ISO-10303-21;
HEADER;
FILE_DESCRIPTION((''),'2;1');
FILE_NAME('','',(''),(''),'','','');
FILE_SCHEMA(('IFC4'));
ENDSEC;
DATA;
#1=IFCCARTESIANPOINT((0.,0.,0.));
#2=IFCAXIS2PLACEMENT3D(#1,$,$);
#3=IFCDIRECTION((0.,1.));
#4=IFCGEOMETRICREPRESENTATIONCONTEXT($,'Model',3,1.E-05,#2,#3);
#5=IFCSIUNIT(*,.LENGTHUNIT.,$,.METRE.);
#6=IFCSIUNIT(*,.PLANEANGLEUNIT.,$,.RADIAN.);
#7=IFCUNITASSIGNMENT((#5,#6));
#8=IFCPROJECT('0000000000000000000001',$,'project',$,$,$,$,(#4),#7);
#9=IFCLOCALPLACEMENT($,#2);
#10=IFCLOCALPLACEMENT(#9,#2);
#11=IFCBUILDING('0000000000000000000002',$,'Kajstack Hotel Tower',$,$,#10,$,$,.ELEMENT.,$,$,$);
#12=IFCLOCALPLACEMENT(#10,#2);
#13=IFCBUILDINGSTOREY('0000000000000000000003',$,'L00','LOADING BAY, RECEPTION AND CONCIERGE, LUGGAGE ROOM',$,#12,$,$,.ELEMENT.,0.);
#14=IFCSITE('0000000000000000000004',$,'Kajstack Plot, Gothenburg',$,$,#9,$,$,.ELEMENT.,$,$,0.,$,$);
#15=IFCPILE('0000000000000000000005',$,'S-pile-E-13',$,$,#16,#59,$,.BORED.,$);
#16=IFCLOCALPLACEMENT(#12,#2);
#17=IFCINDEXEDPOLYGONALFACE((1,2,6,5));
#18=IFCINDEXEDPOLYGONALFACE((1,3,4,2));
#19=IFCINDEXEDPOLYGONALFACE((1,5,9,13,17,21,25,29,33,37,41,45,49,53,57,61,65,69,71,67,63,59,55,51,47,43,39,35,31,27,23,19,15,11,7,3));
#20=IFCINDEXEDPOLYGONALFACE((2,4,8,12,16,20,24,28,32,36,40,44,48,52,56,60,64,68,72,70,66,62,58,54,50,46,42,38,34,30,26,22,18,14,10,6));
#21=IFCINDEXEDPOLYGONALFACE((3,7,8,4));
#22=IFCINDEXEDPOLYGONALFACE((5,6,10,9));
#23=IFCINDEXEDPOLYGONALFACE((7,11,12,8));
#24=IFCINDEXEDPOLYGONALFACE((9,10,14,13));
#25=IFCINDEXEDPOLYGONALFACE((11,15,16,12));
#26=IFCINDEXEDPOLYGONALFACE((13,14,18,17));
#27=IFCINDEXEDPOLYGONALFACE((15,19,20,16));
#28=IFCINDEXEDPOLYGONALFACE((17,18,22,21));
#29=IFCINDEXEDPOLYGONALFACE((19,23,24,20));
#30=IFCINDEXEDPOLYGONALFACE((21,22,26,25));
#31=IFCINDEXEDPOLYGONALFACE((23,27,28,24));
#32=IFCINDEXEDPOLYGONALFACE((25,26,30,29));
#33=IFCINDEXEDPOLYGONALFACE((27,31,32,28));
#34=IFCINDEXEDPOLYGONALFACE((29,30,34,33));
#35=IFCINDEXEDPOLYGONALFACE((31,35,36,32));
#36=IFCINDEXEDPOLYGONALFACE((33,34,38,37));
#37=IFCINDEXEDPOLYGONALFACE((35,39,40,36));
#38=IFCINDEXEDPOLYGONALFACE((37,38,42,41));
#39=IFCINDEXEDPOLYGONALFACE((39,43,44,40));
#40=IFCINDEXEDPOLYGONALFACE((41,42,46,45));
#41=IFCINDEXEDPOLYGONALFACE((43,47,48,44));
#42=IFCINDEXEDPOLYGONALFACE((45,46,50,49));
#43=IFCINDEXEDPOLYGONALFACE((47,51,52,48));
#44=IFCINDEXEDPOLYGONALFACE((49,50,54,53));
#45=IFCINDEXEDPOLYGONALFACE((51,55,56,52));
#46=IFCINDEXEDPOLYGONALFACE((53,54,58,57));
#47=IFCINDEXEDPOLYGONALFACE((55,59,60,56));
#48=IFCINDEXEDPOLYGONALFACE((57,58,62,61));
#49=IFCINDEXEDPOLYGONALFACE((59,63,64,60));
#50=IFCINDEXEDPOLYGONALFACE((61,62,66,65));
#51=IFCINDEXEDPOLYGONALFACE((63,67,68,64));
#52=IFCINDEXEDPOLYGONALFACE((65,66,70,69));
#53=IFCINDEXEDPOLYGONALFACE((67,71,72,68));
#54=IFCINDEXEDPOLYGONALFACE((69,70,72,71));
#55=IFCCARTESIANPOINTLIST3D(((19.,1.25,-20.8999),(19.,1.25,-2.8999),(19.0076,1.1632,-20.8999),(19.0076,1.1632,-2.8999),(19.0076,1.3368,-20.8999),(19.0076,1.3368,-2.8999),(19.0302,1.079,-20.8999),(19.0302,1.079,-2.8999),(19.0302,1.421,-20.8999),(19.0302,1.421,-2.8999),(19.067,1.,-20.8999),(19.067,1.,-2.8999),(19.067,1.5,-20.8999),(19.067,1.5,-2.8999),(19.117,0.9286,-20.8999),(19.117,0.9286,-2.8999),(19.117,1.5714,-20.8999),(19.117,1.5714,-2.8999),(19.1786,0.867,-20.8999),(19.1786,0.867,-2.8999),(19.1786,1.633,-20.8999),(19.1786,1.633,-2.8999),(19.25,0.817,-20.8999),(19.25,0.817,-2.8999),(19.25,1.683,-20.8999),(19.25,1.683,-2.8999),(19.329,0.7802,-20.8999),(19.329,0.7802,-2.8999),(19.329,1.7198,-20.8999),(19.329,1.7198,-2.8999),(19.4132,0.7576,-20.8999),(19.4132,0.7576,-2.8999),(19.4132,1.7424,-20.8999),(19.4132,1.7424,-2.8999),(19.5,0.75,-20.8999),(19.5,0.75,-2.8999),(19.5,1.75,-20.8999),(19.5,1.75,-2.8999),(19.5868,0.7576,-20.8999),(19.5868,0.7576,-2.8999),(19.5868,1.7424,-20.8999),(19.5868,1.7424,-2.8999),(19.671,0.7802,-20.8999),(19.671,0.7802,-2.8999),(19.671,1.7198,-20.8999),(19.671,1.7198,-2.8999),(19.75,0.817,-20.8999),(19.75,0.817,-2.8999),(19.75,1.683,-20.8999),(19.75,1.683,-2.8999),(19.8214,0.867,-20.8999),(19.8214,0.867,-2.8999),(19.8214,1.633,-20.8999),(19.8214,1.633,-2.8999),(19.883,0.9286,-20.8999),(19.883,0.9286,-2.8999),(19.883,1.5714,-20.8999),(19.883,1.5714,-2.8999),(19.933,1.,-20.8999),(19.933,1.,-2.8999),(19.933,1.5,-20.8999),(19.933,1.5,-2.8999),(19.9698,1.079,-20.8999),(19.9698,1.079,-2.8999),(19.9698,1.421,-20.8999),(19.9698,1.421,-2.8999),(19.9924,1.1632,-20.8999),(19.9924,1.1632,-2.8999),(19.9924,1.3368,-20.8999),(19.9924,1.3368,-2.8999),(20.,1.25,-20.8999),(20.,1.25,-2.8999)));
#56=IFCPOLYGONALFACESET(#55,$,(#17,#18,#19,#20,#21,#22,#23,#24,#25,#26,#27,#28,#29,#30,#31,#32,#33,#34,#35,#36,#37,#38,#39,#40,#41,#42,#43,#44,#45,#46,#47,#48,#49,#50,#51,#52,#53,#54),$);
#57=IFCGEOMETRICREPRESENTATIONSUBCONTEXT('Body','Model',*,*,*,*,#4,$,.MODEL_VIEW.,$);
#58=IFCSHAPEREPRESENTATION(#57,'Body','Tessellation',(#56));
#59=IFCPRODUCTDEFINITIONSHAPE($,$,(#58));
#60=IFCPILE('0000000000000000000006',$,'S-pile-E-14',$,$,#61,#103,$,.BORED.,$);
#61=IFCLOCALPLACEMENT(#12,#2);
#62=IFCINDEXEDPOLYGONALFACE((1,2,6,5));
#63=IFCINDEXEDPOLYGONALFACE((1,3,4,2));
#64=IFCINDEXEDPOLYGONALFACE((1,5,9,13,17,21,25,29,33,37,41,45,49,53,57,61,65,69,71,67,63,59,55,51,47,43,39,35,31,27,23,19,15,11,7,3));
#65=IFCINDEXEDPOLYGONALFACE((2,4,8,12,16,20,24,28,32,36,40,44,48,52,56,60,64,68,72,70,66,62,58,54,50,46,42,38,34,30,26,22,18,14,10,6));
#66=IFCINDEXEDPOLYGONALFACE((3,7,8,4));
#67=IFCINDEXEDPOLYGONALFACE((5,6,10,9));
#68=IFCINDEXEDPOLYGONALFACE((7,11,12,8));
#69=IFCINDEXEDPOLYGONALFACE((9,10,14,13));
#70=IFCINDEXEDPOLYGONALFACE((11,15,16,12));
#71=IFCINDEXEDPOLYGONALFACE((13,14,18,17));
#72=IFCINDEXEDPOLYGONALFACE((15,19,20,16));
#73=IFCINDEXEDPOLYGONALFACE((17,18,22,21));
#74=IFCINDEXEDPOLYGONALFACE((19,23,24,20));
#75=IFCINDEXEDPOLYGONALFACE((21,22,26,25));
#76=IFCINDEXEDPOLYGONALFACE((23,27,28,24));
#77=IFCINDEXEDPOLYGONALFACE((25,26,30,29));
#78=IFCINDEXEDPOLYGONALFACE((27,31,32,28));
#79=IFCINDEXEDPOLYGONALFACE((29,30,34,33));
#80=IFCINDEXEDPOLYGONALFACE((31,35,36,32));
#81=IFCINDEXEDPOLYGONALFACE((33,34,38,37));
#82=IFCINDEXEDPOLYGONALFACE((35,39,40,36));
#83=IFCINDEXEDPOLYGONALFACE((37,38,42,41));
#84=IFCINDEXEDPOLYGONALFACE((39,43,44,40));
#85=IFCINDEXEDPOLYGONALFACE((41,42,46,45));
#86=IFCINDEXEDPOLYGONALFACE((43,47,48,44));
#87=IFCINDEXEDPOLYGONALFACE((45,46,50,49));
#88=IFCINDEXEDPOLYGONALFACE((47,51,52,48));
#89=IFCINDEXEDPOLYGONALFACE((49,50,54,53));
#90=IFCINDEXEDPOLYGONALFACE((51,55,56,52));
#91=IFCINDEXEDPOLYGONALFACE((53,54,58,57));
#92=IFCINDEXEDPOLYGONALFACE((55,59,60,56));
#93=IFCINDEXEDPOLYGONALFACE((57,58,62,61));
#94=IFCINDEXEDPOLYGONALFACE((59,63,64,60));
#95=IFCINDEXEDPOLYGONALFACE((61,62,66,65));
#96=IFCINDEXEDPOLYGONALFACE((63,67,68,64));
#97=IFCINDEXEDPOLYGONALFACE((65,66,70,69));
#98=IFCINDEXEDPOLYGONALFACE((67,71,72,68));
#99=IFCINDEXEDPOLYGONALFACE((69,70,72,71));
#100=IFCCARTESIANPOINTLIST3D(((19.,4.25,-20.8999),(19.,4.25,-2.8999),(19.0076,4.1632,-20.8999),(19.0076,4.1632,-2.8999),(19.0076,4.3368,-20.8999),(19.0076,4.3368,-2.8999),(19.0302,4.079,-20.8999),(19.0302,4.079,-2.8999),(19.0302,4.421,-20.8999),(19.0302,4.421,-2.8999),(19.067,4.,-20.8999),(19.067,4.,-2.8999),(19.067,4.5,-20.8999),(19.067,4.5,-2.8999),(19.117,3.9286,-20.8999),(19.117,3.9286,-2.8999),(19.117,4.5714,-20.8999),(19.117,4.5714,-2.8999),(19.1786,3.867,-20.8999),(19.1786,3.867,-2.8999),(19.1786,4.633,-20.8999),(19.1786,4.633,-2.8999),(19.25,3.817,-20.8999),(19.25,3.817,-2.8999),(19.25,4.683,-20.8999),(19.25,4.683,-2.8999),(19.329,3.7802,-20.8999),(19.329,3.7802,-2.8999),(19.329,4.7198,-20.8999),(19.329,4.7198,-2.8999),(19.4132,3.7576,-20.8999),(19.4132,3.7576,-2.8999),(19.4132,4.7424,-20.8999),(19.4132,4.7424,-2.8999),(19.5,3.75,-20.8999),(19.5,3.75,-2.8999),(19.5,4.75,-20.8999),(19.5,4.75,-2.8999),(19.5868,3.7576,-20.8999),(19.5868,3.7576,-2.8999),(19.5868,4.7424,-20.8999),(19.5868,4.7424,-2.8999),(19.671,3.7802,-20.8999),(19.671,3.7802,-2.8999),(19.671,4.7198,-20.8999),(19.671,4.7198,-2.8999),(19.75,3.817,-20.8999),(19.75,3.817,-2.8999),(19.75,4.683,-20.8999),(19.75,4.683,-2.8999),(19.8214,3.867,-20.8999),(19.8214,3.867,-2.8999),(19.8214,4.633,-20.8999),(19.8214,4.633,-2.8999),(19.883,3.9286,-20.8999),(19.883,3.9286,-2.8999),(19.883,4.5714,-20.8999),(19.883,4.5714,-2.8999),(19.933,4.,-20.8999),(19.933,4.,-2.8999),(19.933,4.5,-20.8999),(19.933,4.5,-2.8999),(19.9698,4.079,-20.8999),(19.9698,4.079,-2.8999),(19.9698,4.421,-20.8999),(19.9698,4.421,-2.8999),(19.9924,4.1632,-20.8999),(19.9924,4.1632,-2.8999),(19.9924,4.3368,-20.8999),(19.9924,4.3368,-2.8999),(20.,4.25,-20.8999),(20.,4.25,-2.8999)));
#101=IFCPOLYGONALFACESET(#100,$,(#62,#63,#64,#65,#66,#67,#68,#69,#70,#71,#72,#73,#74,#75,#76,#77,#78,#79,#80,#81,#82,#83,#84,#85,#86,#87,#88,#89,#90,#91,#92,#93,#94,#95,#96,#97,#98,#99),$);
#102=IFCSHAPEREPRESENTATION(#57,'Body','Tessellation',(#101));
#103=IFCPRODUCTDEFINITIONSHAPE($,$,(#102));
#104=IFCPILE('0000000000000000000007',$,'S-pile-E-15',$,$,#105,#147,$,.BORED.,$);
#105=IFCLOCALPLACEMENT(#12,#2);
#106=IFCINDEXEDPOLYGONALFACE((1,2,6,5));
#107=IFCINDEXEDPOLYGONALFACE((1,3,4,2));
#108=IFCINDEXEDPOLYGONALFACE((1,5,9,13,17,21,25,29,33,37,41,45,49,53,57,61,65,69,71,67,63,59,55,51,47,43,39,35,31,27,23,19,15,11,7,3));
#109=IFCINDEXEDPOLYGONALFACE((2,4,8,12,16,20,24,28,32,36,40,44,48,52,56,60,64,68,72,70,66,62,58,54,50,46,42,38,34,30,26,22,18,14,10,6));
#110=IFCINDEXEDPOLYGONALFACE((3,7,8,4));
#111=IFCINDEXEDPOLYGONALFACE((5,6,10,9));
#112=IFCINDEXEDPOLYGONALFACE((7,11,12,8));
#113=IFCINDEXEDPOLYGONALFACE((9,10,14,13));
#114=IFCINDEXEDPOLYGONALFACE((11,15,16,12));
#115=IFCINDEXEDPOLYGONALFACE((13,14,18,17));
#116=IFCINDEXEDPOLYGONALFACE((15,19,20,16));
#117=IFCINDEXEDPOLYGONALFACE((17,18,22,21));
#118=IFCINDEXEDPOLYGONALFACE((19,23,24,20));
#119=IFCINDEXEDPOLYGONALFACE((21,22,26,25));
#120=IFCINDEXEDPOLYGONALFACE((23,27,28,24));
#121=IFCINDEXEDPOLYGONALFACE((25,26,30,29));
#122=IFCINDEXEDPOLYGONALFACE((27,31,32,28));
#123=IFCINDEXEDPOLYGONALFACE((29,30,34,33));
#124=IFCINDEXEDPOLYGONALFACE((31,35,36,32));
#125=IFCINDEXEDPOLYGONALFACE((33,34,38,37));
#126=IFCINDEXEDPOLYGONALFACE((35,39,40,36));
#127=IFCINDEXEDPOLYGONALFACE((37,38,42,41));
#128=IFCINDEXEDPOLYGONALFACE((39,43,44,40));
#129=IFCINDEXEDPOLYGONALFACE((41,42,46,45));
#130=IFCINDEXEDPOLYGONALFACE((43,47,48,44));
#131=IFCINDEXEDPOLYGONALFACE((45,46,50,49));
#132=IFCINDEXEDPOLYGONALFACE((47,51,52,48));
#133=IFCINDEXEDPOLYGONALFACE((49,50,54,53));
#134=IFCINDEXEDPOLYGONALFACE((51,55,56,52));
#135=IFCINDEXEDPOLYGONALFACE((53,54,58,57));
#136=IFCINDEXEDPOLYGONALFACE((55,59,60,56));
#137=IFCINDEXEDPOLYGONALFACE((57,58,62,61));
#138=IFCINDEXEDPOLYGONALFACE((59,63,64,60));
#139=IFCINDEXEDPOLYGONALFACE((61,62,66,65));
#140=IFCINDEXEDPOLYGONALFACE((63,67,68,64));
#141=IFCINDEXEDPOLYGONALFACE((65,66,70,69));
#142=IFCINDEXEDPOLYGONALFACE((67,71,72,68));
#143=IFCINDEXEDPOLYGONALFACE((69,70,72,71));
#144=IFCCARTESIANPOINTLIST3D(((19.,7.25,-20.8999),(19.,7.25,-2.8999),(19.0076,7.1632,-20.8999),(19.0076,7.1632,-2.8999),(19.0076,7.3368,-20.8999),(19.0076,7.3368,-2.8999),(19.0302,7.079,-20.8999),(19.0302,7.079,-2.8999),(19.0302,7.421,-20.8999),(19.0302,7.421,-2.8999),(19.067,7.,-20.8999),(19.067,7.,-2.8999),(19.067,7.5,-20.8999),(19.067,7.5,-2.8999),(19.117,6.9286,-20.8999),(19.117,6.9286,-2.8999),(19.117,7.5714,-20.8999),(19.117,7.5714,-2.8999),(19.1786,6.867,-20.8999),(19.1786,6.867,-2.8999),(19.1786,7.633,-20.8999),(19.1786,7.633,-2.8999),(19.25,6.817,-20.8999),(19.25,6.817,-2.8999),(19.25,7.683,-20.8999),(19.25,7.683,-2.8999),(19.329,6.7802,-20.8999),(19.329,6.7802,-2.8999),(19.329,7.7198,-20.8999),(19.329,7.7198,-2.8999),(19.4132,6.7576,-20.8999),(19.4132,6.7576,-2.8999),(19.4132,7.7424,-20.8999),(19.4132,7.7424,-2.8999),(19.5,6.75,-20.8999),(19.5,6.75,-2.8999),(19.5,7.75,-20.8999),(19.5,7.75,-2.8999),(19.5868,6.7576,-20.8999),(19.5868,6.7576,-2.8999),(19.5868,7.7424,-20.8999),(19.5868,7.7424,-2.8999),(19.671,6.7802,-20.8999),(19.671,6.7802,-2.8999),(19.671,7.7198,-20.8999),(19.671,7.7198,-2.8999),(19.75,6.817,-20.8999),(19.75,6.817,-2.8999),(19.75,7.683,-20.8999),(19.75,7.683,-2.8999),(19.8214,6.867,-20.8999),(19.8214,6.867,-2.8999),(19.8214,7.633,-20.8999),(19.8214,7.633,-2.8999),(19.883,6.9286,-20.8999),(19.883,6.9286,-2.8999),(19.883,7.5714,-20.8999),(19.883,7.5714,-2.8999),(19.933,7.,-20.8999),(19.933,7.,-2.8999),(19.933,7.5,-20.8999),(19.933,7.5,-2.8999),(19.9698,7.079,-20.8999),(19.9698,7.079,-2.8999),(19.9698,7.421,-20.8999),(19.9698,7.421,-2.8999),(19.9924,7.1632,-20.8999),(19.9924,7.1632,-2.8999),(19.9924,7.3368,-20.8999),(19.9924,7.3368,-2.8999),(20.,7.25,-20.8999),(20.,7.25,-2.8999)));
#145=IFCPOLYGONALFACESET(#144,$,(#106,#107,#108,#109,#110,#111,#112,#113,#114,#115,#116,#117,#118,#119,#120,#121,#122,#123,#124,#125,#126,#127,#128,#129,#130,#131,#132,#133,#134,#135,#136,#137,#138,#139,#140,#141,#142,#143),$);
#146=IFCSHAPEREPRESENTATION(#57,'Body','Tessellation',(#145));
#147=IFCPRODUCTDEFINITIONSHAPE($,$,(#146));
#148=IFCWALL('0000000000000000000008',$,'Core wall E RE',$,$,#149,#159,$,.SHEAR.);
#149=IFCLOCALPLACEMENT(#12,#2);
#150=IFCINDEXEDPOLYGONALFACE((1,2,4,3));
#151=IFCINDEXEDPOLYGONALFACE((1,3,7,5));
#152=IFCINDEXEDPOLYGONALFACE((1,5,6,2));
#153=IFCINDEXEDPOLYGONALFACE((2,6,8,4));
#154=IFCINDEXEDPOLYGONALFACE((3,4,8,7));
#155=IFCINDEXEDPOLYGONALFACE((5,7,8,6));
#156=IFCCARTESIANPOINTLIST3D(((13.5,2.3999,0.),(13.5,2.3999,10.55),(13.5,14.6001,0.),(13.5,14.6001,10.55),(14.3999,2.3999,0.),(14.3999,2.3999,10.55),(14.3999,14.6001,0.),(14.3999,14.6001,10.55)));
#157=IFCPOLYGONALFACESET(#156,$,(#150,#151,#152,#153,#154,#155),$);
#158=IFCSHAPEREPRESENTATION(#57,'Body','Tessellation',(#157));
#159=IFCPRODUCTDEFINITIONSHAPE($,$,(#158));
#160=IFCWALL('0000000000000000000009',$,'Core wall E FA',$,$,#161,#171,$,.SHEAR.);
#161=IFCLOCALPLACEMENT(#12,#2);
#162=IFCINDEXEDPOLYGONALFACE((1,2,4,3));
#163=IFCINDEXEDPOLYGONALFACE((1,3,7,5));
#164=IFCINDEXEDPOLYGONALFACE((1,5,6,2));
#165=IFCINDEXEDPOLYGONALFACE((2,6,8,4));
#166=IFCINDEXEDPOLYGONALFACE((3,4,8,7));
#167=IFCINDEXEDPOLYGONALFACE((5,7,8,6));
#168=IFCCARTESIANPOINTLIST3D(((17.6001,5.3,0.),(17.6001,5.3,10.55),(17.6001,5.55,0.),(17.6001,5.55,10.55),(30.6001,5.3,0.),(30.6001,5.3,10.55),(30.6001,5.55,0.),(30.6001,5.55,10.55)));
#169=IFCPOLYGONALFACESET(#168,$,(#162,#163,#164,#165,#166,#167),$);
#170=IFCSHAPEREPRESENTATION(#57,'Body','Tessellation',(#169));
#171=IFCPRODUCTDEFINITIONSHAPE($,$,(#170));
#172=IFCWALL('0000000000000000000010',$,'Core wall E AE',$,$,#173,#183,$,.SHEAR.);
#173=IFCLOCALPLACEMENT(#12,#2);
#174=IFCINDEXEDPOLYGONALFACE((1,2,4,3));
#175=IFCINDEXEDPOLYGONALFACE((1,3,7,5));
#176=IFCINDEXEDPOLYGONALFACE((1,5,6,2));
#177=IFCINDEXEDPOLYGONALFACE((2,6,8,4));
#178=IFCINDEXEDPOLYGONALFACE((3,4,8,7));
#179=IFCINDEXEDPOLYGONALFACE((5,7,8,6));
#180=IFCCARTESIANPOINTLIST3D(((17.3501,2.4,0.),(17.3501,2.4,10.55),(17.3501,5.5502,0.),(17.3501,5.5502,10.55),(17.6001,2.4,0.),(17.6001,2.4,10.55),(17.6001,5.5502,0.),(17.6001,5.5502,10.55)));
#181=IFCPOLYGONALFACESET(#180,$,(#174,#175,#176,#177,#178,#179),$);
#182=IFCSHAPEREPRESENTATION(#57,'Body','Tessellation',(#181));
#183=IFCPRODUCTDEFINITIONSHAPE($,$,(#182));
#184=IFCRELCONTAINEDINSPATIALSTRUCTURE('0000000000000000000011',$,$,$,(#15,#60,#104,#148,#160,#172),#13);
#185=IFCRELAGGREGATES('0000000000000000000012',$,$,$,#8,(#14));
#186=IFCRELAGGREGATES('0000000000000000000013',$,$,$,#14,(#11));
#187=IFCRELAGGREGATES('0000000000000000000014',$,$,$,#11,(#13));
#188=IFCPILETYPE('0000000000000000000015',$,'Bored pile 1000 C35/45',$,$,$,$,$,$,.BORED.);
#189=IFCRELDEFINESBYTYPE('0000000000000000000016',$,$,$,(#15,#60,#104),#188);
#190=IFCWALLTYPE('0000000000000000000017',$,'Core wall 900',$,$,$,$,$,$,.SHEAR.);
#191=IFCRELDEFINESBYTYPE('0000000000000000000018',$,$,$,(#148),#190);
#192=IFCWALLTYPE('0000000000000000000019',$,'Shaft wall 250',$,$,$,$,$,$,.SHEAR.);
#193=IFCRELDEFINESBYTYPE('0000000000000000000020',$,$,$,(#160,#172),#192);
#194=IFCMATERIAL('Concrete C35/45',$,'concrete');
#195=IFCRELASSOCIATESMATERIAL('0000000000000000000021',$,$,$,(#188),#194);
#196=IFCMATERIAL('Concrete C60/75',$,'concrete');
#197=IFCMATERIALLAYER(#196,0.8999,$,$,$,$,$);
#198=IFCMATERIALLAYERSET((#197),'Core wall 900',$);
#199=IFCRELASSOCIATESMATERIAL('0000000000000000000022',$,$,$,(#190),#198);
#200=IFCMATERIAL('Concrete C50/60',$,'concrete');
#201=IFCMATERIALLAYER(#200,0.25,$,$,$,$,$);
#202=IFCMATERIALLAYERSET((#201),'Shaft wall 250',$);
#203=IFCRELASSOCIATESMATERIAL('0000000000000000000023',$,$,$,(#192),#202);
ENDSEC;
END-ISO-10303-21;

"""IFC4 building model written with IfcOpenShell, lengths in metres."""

from ifc_helpers import new_model, si_unit, direction, frame, frame_2d, origin, origin_2d, place, context, subcontext, project, spatial, rectangle, circle, extrude, material, layer, layer_set, material_profile, profile_set, type_object, element, save


model = new_model("IFC4")

# Units and contexts
model_context = context("Model", 3, precision=1e-05, world=origin(), true_north=direction((0.0, 1.0)))
body_context = subcontext(model_context, "Body", "Model", "MODEL_VIEW")
ifc_project = project(units=[si_unit("LENGTHUNIT", "METRE"), si_unit("PLANEANGLEUNIT", "RADIAN")], contexts=[model_context])

# Site, building, storey
site_placement = place(None, origin())
site = spatial("IfcSite", under=ifc_project, at=site_placement, Name="Kajstack Plot, Gothenburg", CompositionType="ELEMENT", RefElevation=0.0)
building_placement = place(site_placement, origin())
building = spatial("IfcBuilding", under=site, at=building_placement, Name="Kajstack Hotel Tower", CompositionType="ELEMENT")
storey_placement = place(building_placement, origin())
storey = spatial("IfcBuildingStorey", under=building, at=storey_placement, Name="L00", Description="LOADING BAY, RECEPTION AND CONCIERGE, LUGGAGE ROOM", CompositionType="ELEMENT", Elevation=0.0)

# Piles
ifc_material_1 = material(Name="Concrete C35/45", Category="concrete")
ifc_material_profile = material_profile(ifc_material_1, circle(Radius=0.5, at=origin_2d()), Name="RC round 1000")
ifc_profile_set = profile_set([ifc_material_profile], Name="Concrete C35/45")
pile_type = type_object("IfcPileType", Name="Bored pile 1000 C35/45", PredefinedType="BORED", material=ifc_profile_set)
for number, where, z_axis, x_axis, name in (
    (1, (19.5, 1.25, -2.8999), (0.0, 0.0, -1.0), (1.0, 0.0, 0.0), "S-pile-E-13"),
    (2, (19.5, 4.25, -2.8999), (0.0, 0.0, -1.0), (1.0, 0.0, 0.0), "S-pile-E-14"),
    (3, (19.5, 7.25, -2.8999), (0.0, 0.0, -1.0), (1.0, 0.0, 0.0), "S-pile-E-15"),
):
    element("IfcPile", number, at=place(storey_placement, frame(where, z_axis=z_axis, x_axis=x_axis)), inside=storey, type_object=pile_type, Name=name, PredefinedType="BORED", context=body_context, shape_type="SweptSolid", body=[
        extrude(circle(Radius=0.5, at=origin_2d()), origin(), (0.0, 0.0, 1.0), 18.0),
    ])

# Walls
ifc_material_2 = material(Name="Concrete C60/75", Category="concrete")
ifc_layer_1 = layer(ifc_material_2, 0.8999)
ifc_layer_set_1 = layer_set([ifc_layer_1], Name="Core wall 900")
wall_type_1 = type_object("IfcWallType", Name="Core wall 900", PredefinedType="SHEAR", material=ifc_layer_set_1)
wall_1_placement = place(storey_placement, frame((13.95, 2.3999, 0.0), z_axis=(0.0, 0.0, 1.0), x_axis=(0.0, 1.0, 0.0)))
element("IfcWall", 4, at=wall_1_placement, inside=storey, type_object=wall_type_1, Name="Core wall E RE", PredefinedType="SHEAR", context=body_context, shape_type="SweptSolid", body=[
    extrude(rectangle(XDim=12.2002, YDim=0.8999, at=frame_2d((6.1001, 0.0))), origin(), (0.0, 0.0, 1.0), 10.55),
])
ifc_material_3 = material(Name="Concrete C50/60", Category="concrete")
ifc_layer_2 = layer(ifc_material_3, 0.25)
ifc_layer_set_2 = layer_set([ifc_layer_2], Name="Shaft wall 250")
wall_type_2 = type_object("IfcWallType", Name="Shaft wall 250", PredefinedType="SHEAR", material=ifc_layer_set_2)
wall_2_placement = place(storey_placement, frame((17.6001, 5.425, 0.0), z_axis=(0.0, 0.0, 1.0), x_axis=(1.0, 0.0, 0.0)))
element("IfcWall", 5, at=wall_2_placement, inside=storey, type_object=wall_type_2, Name="Core wall E FA", PredefinedType="SHEAR", context=body_context, shape_type="SweptSolid", body=[
    extrude(rectangle(XDim=13.0, YDim=0.25, at=frame_2d((6.5, 0.0))), origin(), (0.0, 0.0, 1.0), 10.55),
])
wall_3_placement = place(storey_placement, frame((17.4751, 2.3999, 0.0), z_axis=(0.0, 0.0, 1.0), x_axis=(0.0, 1.0, 0.0)))
element("IfcWall", 6, at=wall_3_placement, inside=storey, type_object=wall_type_2, Name="Core wall E AE", PredefinedType="SHEAR", context=body_context, shape_type="SweptSolid", body=[
    extrude(rectangle(XDim=3.1501, YDim=0.25, at=frame_2d((1.5752, 0.0))), origin(), (0.0, 0.0, 1.0), 10.55),
])

save(model, "model.ifc")
